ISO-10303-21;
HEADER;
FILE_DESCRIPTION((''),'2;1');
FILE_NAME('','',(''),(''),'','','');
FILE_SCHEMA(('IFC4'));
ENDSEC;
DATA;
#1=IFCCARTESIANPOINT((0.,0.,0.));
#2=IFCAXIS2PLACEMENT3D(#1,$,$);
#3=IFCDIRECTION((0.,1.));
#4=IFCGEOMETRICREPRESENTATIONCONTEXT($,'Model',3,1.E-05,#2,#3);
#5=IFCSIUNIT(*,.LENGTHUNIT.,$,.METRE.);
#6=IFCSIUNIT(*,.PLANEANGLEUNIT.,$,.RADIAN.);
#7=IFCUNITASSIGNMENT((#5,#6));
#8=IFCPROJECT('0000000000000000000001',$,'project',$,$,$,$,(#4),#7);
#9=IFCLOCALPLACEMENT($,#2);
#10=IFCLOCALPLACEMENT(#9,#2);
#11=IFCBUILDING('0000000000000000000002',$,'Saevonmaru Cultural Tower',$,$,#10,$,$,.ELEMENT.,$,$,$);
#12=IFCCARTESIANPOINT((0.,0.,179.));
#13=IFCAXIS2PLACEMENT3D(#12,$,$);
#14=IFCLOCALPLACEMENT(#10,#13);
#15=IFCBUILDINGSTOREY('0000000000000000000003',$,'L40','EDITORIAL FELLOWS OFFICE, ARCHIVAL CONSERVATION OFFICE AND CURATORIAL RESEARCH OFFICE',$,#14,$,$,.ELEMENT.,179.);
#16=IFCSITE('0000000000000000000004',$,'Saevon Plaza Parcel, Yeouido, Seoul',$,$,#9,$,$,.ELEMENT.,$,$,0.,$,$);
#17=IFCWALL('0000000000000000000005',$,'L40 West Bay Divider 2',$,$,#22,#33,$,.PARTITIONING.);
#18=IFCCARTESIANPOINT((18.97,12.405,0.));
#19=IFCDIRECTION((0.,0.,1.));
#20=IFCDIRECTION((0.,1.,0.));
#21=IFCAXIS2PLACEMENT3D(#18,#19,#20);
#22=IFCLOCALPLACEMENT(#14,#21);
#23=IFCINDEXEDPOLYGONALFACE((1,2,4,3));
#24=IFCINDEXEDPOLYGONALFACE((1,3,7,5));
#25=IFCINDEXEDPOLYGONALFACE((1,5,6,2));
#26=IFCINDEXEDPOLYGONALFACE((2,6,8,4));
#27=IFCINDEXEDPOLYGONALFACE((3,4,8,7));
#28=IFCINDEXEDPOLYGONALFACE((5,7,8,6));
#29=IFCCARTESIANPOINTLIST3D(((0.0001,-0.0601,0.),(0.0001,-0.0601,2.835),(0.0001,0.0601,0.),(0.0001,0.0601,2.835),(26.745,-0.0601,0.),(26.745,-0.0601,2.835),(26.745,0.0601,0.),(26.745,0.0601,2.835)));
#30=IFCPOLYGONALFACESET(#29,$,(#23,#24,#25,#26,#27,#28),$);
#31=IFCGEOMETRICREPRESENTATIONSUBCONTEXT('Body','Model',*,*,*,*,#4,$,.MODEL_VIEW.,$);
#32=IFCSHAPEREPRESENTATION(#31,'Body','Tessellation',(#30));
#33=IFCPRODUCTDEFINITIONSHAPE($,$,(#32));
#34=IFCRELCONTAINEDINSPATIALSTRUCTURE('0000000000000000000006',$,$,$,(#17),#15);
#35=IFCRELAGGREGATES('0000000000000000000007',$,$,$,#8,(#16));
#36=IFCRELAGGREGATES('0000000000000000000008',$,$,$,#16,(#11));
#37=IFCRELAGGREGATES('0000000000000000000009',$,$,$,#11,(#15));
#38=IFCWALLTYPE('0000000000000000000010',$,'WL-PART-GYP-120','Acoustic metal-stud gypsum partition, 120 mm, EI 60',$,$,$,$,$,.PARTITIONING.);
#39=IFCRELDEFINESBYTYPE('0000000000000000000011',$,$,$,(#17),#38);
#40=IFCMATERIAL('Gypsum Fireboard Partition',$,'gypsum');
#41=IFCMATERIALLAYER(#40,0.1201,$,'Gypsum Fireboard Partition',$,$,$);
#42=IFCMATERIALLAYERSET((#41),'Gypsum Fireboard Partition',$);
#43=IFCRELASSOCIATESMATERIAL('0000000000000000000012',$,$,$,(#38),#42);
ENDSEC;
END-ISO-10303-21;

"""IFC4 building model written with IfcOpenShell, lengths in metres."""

from ifc_helpers import new_model, si_unit, direction, frame, frame_2d, origin, place, context, subcontext, project, spatial, rectangle, extrude, material, layer, layer_set, type_object, element, save


model = new_model("IFC4")

# Units and contexts
model_context = context("Model", 3, precision=1e-05, world=origin(), true_north=direction((0.0, 1.0)))
body_context = subcontext(model_context, "Body", "Model", "MODEL_VIEW")
ifc_project = project(units=[si_unit("LENGTHUNIT", "METRE"), si_unit("PLANEANGLEUNIT", "RADIAN")], contexts=[model_context])

# Site, building, storey
site_placement = place(None, origin())
site = spatial("IfcSite", under=ifc_project, at=site_placement, Name="Saevon Plaza Parcel, Yeouido, Seoul", CompositionType="ELEMENT", RefElevation=0.0)
building_placement = place(site_placement, origin())
building = spatial("IfcBuilding", under=site, at=building_placement, Name="Saevonmaru Cultural Tower", CompositionType="ELEMENT")
storey_placement = place(building_placement, frame((0.0, 0.0, 179.0)))
storey = spatial("IfcBuildingStorey", under=building, at=storey_placement, Name="L40", Description="EDITORIAL FELLOWS OFFICE, ARCHIVAL CONSERVATION OFFICE AND CURATORIAL RESEARCH OFFICE", CompositionType="ELEMENT", Elevation=179.0)

# Wall
ifc_material_1 = material(Name="Gypsum Fireboard Partition", Category="gypsum")
ifc_layer_1 = layer(ifc_material_1, 0.1201, Name="Gypsum Fireboard Partition")
ifc_layer_set_1 = layer_set([ifc_layer_1], Name="Gypsum Fireboard Partition")
wall_type = type_object("IfcWallType", Name="WL-PART-GYP-120", Description="Acoustic metal-stud gypsum partition, 120 mm, EI 60", PredefinedType="PARTITIONING", material=ifc_layer_set_1)
wall_placement = place(storey_placement, frame((18.97, 12.405, 0.0), z_axis=(0.0, 0.0, 1.0), x_axis=(0.0, 1.0, 0.0)))
element("IfcWall", 1, at=wall_placement, inside=storey, type_object=wall_type, Name="L40 West Bay Divider 2", PredefinedType="PARTITIONING", context=body_context, shape_type="SweptSolid", body=[
    extrude(rectangle(XDim=26.7449, YDim=0.1201, at=frame_2d((13.3726, 0.0))), origin(), (0.0, 0.0, 1.0), 2.835),
])

save(model, "model.ifc")
